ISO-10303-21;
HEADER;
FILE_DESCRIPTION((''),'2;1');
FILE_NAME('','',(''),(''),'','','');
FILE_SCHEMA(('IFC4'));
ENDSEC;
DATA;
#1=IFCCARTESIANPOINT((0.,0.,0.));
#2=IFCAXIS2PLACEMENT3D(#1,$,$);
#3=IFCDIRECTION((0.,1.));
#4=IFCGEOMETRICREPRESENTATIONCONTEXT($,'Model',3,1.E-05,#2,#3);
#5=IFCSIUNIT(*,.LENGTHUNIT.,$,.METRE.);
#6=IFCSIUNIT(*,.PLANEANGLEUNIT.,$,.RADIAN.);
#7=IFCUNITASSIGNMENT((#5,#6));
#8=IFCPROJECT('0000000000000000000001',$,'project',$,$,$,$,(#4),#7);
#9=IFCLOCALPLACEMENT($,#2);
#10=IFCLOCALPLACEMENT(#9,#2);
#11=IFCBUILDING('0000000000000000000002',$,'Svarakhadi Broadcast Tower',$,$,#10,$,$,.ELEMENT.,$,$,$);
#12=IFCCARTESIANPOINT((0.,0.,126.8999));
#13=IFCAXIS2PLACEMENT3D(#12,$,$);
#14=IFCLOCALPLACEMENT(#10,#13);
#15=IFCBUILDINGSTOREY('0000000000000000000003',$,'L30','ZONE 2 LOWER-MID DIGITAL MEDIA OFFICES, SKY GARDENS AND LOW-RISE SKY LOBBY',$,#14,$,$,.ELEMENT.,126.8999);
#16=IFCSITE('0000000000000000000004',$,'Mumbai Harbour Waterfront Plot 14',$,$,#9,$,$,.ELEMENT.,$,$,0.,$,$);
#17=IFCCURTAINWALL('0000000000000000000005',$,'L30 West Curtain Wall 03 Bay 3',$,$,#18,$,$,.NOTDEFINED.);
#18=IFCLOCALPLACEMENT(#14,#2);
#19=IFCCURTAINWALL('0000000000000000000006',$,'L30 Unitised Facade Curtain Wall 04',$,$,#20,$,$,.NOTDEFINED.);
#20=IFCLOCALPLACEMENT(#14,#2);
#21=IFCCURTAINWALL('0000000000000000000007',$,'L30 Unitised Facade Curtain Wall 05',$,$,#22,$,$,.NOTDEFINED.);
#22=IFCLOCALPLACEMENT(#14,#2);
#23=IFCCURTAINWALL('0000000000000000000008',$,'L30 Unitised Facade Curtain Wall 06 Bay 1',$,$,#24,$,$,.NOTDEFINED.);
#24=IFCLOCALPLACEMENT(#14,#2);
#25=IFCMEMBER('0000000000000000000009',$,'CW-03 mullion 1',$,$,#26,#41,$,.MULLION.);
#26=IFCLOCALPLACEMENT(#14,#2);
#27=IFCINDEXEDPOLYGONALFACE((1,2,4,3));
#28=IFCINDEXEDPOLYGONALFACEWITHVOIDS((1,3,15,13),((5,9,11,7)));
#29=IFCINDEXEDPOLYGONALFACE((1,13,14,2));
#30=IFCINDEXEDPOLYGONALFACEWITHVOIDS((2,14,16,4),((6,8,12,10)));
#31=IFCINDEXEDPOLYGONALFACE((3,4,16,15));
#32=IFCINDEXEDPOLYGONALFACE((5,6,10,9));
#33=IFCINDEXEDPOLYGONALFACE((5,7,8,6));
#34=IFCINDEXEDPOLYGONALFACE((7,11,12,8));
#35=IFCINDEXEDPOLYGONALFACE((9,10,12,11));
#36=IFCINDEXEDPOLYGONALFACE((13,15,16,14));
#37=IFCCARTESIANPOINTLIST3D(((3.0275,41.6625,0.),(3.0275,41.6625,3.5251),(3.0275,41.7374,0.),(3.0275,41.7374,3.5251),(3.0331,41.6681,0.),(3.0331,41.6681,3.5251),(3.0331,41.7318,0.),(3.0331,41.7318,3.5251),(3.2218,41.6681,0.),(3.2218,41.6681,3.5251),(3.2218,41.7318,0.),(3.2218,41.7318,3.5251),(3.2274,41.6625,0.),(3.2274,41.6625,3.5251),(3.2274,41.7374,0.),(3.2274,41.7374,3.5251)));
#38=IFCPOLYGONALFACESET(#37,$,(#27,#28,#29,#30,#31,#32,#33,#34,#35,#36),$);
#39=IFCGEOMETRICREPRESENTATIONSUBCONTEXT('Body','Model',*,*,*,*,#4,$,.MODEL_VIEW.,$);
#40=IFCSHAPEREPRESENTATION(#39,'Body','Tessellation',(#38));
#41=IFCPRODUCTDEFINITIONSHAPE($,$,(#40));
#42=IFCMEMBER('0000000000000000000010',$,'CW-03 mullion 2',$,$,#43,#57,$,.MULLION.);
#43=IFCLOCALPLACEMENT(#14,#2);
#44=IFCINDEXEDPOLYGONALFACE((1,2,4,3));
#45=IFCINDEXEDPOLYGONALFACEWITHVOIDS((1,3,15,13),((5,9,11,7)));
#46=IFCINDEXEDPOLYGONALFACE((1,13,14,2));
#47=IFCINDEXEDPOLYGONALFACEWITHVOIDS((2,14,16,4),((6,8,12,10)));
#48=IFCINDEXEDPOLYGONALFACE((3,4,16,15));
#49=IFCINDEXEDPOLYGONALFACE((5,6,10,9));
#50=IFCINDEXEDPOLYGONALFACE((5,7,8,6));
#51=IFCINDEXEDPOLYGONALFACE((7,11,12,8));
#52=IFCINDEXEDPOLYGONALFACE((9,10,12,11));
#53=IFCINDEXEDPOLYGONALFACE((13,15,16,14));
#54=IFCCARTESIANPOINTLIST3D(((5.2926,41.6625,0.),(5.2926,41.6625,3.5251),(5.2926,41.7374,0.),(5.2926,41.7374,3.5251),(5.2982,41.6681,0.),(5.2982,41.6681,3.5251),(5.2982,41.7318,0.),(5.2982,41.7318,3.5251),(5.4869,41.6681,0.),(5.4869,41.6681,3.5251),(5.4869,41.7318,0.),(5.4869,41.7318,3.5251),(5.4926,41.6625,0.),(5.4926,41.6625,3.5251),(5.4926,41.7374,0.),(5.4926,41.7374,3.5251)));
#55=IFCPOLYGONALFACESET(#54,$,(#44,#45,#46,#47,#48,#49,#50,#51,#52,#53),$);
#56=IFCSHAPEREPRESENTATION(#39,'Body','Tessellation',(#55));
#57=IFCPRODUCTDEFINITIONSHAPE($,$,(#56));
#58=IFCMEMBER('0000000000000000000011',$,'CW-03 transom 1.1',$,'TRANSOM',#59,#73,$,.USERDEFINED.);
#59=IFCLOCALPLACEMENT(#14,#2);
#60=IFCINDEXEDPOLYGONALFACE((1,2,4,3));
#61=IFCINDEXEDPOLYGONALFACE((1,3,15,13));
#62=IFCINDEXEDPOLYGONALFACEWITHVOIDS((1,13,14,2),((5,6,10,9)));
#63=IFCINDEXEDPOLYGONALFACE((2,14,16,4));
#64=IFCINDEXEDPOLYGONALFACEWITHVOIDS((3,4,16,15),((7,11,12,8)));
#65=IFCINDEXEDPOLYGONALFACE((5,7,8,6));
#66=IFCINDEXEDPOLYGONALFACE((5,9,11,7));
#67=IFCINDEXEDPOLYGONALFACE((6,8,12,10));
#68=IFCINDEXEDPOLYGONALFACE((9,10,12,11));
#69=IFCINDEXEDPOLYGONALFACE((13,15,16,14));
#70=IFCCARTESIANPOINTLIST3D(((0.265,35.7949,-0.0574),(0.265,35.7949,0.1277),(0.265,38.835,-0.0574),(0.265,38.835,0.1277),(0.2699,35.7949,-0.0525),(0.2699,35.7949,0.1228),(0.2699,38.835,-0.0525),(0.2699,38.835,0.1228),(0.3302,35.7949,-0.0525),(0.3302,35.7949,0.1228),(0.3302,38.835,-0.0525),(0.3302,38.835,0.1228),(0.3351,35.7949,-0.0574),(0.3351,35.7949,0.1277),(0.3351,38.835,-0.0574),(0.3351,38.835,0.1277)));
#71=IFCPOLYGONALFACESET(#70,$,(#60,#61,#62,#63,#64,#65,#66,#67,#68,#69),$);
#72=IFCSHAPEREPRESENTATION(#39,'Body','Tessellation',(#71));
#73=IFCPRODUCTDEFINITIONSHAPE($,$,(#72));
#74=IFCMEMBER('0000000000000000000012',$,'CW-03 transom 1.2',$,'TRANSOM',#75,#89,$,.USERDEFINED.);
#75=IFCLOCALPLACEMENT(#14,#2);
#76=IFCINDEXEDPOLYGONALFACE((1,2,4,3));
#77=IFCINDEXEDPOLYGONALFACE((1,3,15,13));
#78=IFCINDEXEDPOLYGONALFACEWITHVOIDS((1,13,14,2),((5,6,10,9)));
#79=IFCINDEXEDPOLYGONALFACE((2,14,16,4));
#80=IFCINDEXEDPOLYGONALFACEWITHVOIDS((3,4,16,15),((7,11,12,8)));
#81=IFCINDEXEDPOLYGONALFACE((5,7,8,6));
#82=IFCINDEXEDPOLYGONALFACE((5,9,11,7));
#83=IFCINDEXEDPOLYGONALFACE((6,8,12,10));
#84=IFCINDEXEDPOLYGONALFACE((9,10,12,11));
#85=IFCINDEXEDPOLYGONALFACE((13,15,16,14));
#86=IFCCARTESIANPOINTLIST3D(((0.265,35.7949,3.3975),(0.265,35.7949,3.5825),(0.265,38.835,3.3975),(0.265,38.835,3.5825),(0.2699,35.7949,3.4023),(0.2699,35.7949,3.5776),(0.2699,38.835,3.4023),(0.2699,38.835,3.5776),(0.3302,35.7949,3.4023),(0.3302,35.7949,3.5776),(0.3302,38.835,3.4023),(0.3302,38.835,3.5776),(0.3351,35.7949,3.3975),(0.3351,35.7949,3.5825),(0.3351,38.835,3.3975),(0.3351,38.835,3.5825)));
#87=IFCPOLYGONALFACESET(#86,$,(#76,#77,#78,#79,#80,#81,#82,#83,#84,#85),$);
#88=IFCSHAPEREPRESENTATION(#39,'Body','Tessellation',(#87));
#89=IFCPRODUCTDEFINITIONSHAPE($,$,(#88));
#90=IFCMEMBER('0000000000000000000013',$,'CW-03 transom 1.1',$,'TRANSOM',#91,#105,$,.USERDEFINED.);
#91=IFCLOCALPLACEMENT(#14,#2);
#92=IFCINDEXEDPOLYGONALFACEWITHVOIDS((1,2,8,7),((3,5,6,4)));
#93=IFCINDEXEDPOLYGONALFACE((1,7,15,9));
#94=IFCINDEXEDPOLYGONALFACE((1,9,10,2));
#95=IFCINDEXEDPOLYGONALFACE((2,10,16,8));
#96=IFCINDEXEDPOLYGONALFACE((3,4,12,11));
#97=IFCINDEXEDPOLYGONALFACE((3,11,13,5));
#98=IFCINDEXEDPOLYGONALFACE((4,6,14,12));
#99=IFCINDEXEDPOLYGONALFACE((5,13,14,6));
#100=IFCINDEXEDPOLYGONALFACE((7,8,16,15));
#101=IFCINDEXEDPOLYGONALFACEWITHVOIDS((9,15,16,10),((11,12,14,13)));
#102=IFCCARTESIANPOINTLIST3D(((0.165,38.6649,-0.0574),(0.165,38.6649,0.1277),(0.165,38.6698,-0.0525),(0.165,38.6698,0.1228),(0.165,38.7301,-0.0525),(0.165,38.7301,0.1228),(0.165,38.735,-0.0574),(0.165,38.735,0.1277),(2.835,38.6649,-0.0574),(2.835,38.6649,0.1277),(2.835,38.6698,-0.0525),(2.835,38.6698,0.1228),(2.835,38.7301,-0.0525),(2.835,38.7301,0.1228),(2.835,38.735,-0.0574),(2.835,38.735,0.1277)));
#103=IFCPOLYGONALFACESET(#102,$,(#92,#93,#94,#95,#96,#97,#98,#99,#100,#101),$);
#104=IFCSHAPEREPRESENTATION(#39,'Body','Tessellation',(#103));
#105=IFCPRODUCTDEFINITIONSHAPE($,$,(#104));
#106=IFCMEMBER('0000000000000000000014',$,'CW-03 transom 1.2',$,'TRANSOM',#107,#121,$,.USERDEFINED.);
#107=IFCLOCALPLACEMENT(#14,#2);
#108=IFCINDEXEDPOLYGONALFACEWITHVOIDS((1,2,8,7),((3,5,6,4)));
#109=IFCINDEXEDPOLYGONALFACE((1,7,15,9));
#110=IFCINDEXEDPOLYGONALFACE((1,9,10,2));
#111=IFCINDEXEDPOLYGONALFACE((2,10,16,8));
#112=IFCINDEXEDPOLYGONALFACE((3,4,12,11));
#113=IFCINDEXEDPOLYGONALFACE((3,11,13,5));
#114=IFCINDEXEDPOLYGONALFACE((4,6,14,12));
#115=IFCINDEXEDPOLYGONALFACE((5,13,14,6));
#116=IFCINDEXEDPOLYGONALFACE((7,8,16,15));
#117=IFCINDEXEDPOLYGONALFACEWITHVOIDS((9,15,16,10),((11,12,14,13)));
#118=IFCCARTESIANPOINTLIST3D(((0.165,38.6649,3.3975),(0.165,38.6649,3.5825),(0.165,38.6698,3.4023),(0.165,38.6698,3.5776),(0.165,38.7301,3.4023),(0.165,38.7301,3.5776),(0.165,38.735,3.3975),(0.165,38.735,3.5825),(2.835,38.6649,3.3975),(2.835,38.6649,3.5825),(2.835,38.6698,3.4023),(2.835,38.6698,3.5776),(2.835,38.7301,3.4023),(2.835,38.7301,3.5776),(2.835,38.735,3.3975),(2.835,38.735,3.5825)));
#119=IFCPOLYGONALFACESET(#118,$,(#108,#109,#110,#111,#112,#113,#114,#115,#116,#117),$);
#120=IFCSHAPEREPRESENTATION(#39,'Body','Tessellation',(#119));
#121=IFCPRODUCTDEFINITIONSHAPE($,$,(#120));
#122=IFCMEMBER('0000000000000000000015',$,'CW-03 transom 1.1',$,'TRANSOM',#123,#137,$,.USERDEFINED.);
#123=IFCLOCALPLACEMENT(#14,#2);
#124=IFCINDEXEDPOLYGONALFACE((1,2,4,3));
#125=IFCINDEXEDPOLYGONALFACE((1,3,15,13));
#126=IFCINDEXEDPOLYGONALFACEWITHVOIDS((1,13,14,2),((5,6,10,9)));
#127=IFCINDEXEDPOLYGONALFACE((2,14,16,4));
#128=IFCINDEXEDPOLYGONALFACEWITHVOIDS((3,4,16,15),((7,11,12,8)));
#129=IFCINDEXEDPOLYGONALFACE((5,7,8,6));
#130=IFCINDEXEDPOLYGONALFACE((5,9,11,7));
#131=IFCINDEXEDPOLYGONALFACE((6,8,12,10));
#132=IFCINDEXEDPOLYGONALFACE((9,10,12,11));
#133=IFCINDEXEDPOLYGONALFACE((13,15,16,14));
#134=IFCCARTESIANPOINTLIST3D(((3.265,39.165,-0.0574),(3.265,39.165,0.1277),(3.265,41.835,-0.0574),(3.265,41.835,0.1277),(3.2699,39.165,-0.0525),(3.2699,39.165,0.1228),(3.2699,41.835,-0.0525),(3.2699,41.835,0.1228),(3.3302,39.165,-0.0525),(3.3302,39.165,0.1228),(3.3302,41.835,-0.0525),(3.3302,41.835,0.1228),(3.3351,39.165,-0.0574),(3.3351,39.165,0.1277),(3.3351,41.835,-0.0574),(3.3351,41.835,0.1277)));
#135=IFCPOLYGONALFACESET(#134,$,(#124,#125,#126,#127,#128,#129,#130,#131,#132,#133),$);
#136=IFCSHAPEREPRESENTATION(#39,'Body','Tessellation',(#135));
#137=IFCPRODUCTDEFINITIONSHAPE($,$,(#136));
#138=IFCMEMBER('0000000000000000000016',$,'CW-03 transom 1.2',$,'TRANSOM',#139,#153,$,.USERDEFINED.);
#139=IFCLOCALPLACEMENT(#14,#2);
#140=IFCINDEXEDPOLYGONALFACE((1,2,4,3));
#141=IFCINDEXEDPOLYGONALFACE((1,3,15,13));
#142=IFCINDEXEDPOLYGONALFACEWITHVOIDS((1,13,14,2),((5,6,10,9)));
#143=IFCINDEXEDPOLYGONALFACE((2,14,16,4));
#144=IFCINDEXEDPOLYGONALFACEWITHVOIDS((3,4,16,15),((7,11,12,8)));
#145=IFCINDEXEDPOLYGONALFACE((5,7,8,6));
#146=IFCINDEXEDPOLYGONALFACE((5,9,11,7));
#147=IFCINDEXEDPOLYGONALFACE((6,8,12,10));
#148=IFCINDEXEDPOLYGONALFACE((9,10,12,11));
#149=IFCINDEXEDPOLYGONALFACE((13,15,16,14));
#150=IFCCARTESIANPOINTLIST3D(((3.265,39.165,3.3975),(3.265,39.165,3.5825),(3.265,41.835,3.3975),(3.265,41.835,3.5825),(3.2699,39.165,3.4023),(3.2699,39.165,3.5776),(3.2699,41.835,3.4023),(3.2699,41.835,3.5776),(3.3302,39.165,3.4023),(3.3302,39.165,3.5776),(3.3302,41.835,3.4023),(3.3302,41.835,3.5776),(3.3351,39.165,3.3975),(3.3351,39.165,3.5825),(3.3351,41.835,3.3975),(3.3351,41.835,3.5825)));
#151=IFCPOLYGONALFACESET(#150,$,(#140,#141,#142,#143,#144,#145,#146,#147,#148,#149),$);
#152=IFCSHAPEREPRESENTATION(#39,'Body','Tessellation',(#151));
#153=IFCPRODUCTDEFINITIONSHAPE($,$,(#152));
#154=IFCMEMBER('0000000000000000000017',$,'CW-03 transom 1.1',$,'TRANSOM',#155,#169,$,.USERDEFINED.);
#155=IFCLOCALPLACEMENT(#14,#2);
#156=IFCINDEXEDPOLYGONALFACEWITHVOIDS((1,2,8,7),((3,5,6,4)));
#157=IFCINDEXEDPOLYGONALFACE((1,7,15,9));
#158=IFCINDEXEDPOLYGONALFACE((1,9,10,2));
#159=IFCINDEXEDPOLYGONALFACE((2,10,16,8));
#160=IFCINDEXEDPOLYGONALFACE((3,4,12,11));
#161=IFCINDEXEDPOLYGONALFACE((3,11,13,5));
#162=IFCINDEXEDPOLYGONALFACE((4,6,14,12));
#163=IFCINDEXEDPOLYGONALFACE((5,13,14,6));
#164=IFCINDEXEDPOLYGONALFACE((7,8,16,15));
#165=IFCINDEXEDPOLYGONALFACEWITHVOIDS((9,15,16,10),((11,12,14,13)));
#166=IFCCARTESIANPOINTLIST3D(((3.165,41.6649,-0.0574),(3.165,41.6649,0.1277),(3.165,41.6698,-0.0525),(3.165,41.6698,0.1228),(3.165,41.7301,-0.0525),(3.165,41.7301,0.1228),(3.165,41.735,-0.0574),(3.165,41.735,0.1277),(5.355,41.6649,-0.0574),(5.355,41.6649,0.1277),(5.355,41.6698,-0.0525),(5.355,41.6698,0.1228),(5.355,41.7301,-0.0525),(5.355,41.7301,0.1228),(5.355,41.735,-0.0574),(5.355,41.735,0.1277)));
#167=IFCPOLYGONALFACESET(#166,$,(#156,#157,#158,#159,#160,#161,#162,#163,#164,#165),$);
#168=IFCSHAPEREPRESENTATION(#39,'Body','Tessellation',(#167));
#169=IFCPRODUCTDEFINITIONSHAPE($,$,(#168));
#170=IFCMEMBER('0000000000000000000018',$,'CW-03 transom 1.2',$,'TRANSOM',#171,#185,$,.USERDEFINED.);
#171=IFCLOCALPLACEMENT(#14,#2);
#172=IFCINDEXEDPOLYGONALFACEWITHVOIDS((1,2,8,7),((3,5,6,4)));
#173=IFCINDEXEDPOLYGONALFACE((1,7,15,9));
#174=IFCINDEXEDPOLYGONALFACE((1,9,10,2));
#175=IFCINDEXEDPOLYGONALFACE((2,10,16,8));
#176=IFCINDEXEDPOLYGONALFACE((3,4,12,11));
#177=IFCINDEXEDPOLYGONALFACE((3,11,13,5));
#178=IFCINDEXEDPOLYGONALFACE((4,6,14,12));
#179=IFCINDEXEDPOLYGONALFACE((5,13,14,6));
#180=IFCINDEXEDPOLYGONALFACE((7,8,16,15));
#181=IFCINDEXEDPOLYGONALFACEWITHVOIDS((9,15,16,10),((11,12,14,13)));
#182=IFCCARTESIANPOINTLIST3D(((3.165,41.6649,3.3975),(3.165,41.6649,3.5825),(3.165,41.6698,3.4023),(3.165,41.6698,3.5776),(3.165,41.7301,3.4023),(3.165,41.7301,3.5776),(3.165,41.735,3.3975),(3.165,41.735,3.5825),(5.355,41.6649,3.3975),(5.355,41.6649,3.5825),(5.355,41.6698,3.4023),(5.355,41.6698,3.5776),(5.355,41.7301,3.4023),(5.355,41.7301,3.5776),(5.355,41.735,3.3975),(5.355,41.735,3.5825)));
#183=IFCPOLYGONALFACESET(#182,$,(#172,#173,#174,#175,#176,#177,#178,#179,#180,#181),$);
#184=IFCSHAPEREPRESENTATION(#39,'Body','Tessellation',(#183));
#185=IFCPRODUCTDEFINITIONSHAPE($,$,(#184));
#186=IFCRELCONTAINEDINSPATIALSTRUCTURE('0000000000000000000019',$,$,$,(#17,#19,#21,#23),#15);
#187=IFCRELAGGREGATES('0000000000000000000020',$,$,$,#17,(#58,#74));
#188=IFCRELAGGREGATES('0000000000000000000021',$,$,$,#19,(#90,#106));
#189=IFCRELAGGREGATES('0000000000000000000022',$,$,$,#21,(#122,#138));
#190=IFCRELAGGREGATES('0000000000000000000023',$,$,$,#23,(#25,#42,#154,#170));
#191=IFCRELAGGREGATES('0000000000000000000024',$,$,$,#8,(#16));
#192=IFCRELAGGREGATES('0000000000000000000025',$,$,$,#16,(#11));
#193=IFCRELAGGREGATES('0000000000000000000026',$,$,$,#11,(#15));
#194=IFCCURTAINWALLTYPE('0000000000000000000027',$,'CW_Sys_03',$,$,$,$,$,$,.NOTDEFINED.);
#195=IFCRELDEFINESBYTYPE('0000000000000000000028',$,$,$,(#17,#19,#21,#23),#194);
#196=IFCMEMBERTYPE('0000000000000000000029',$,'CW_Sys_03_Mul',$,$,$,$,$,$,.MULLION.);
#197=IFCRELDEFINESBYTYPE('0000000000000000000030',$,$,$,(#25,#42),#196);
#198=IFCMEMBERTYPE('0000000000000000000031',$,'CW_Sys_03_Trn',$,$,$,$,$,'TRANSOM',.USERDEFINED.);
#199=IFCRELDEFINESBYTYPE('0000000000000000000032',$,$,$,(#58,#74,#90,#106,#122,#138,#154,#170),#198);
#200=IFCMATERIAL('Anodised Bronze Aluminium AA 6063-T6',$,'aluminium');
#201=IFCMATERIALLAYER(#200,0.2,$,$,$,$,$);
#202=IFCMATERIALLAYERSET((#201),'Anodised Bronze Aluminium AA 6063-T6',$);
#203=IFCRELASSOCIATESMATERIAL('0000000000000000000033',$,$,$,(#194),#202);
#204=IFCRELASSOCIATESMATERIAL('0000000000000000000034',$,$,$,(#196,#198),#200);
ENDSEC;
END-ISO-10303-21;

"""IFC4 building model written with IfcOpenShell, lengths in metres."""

from ifc_helpers import new_model, si_unit, direction, frame, origin, origin_2d, place, context, subcontext, project, spatial, hollow_rectangle, extrude, material, layer, layer_set, material_profile, profile_set, type_object, element, aggregate, save


model = new_model("IFC4")

# Units and contexts
model_context = context("Model", 3, precision=1e-05, world=origin(), true_north=direction((0.0, 1.0)))
body_context = subcontext(model_context, "Body", "Model", "MODEL_VIEW")
ifc_project = project(units=[si_unit("LENGTHUNIT", "METRE"), si_unit("PLANEANGLEUNIT", "RADIAN")], contexts=[model_context])

# Site, building, storey
site_placement = place(None, origin())
site = spatial("IfcSite", under=ifc_project, at=site_placement, Name="Mumbai Harbour Waterfront Plot 14", CompositionType="ELEMENT", RefElevation=0.0)
building_placement = place(site_placement, origin())
building = spatial("IfcBuilding", under=site, at=building_placement, Name="Svarakhadi Broadcast Tower", CompositionType="ELEMENT")
storey_placement = place(building_placement, frame((0.0, 0.0, 126.8999)))
storey = spatial("IfcBuildingStorey", under=building, at=storey_placement, Name="L30", Description="ZONE 2 LOWER-MID DIGITAL MEDIA OFFICES, SKY GARDENS AND LOW-RISE SKY LOBBY", CompositionType="ELEMENT", Elevation=126.8999)

# Shared definitions
ifc_material_1 = material(Name="Anodised Bronze Aluminium AA 6063-T6", Category="aluminium")
ifc_layer_1 = layer(ifc_material_1, 0.2)
ifc_layer_set_1 = layer_set([ifc_layer_1], Name="Anodised Bronze Aluminium AA 6063-T6")
curtain_wall_type = type_object("IfcCurtainWallType", Name="CW_Sys_03", PredefinedType="NOTDEFINED", material=ifc_layer_set_1)
ifc_material_profile_1 = material_profile(ifc_material_1, hollow_rectangle(XDim=0.075, YDim=0.2, WallThickness=0.0056, at=origin_2d()), Name="ALU MULLION 200x75x6")
ifc_profile_set_1 = profile_set([ifc_material_profile_1], Name="Anodised Bronze Aluminium AA 6063-T6")
member_type_1 = type_object("IfcMemberType", Name="CW_Sys_03_Mul", PredefinedType="MULLION", material=ifc_profile_set_1)

# Curtain walls, members
curtain_wall_1_placement = place(storey_placement, origin())
curtain_wall_1 = element("IfcCurtainWall", 1, at=curtain_wall_1_placement, inside=storey, type_object=curtain_wall_type, Name="L30 West Curtain Wall 03 Bay 3", PredefinedType="NOTDEFINED")
curtain_wall_2_placement = place(storey_placement, origin())
curtain_wall_2 = element("IfcCurtainWall", 2, at=curtain_wall_2_placement, inside=storey, type_object=curtain_wall_type, Name="L30 Unitised Facade Curtain Wall 04", PredefinedType="NOTDEFINED")
curtain_wall_3_placement = place(storey_placement, origin())
curtain_wall_3 = element("IfcCurtainWall", 3, at=curtain_wall_3_placement, inside=storey, type_object=curtain_wall_type, Name="L30 Unitised Facade Curtain Wall 05", PredefinedType="NOTDEFINED")
curtain_wall_4_placement = place(storey_placement, origin())
curtain_wall_4 = element("IfcCurtainWall", 4, at=curtain_wall_4_placement, inside=storey, type_object=curtain_wall_type, Name="L30 Unitised Facade Curtain Wall 06 Bay 1", PredefinedType="NOTDEFINED")
member_1_placement = place(storey_placement, frame((3.1274, 41.7, 0.0), z_axis=(0.0, 0.0, 1.0), x_axis=(0.0, 1.0, 0.0)))
member_1 = element("IfcMember", 5, at=member_1_placement, type_object=member_type_1, Name="CW-03 mullion 1", PredefinedType="MULLION", context=body_context, shape_type="SweptSolid", body=[
    extrude(hollow_rectangle(XDim=0.075, YDim=0.2, WallThickness=0.0056, at=origin_2d()), origin(), (0.0, 0.0, 1.0), 3.5251),
])
member_2_placement = place(storey_placement, frame((5.3926, 41.7, 0.0), z_axis=(0.0, 0.0, 1.0), x_axis=(0.0, 1.0, 0.0)))
member_2 = element("IfcMember", 6, at=member_2_placement, type_object=member_type_1, Name="CW-03 mullion 2", PredefinedType="MULLION", context=body_context, shape_type="SweptSolid", body=[
    extrude(hollow_rectangle(XDim=0.075, YDim=0.2, WallThickness=0.0056, at=origin_2d()), origin(), (0.0, 0.0, 1.0), 3.5251),
])

# Members
ifc_material_profile_2 = material_profile(ifc_material_1, hollow_rectangle(XDim=0.0701, YDim=0.1851, WallThickness=0.0049, at=origin_2d()), Name="ALU TRANSOM 185x70x5")
ifc_profile_set_2 = profile_set([ifc_material_profile_2], Name="Anodised Bronze Aluminium AA 6063-T6")
member_type_2 = type_object("IfcMemberType", Name="CW_Sys_03_Trn", ElementType="TRANSOM", PredefinedType="USERDEFINED", material=ifc_profile_set_2)
member_3_placement = place(storey_placement, frame((0.3, 35.7949, 0.0352), z_axis=(0.0, 1.0, 0.0), x_axis=(-1.0, 0.0, 0.0)))
member_3 = element("IfcMember", 7, at=member_3_placement, type_object=member_type_2, Name="CW-03 transom 1.1", ObjectType="TRANSOM", PredefinedType="USERDEFINED", context=body_context, shape_type="SweptSolid", body=[
    extrude(hollow_rectangle(XDim=0.0701, YDim=0.1851, WallThickness=0.0049, at=origin_2d()), origin(), (0.0, 0.0, 1.0), 3.04),
])
member_4_placement = place(storey_placement, frame((0.3, 35.7949, 3.49), z_axis=(0.0, 1.0, 0.0), x_axis=(-1.0, 0.0, 0.0)))
member_4 = element("IfcMember", 8, at=member_4_placement, type_object=member_type_2, Name="CW-03 transom 1.2", ObjectType="TRANSOM", PredefinedType="USERDEFINED", context=body_context, shape_type="SweptSolid", body=[
    extrude(hollow_rectangle(XDim=0.0701, YDim=0.1851, WallThickness=0.0049, at=origin_2d()), origin(), (0.0, 0.0, 1.0), 3.04),
])
member_5_placement = place(storey_placement, frame((0.165, 38.7, 0.0352), z_axis=(1.0, 0.0, 0.0), x_axis=(0.0, 1.0, 0.0)))
member_5 = element("IfcMember", 9, at=member_5_placement, type_object=member_type_2, Name="CW-03 transom 1.1", ObjectType="TRANSOM", PredefinedType="USERDEFINED", context=body_context, shape_type="SweptSolid", body=[
    extrude(hollow_rectangle(XDim=0.0701, YDim=0.1851, WallThickness=0.0049, at=origin_2d()), origin(), (0.0, 0.0, 1.0), 2.6699),
])
member_6_placement = place(storey_placement, frame((0.165, 38.7, 3.49), z_axis=(1.0, 0.0, 0.0), x_axis=(0.0, 1.0, 0.0)))
member_6 = element("IfcMember", 10, at=member_6_placement, type_object=member_type_2, Name="CW-03 transom 1.2", ObjectType="TRANSOM", PredefinedType="USERDEFINED", context=body_context, shape_type="SweptSolid", body=[
    extrude(hollow_rectangle(XDim=0.0701, YDim=0.1851, WallThickness=0.0049, at=origin_2d()), origin(), (0.0, 0.0, 1.0), 2.6699),
])
member_7_placement = place(storey_placement, frame((3.3, 39.165, 0.0352), z_axis=(0.0, 1.0, 0.0), x_axis=(-1.0, 0.0, 0.0)))
member_7 = element("IfcMember", 11, at=member_7_placement, type_object=member_type_2, Name="CW-03 transom 1.1", ObjectType="TRANSOM", PredefinedType="USERDEFINED", context=body_context, shape_type="SweptSolid", body=[
    extrude(hollow_rectangle(XDim=0.0701, YDim=0.1851, WallThickness=0.0049, at=origin_2d()), origin(), (0.0, 0.0, 1.0), 2.6699),
])
member_8_placement = place(storey_placement, frame((3.3, 39.165, 3.49), z_axis=(0.0, 1.0, 0.0), x_axis=(-1.0, 0.0, 0.0)))
member_8 = element("IfcMember", 12, at=member_8_placement, type_object=member_type_2, Name="CW-03 transom 1.2", ObjectType="TRANSOM", PredefinedType="USERDEFINED", context=body_context, shape_type="SweptSolid", body=[
    extrude(hollow_rectangle(XDim=0.0701, YDim=0.1851, WallThickness=0.0049, at=origin_2d()), origin(), (0.0, 0.0, 1.0), 2.6699),
])
member_9_placement = place(storey_placement, frame((3.165, 41.7, 0.0352), z_axis=(1.0, 0.0, 0.0), x_axis=(0.0, 1.0, 0.0)))
member_9 = element("IfcMember", 13, at=member_9_placement, type_object=member_type_2, Name="CW-03 transom 1.1", ObjectType="TRANSOM", PredefinedType="USERDEFINED", context=body_context, shape_type="SweptSolid", body=[
    extrude(hollow_rectangle(XDim=0.0701, YDim=0.1851, WallThickness=0.0049, at=origin_2d()), origin(), (0.0, 0.0, 1.0), 2.1899),
])
member_10_placement = place(storey_placement, frame((3.165, 41.7, 3.49), z_axis=(1.0, 0.0, 0.0), x_axis=(0.0, 1.0, 0.0)))
member_10 = element("IfcMember", 14, at=member_10_placement, type_object=member_type_2, Name="CW-03 transom 1.2", ObjectType="TRANSOM", PredefinedType="USERDEFINED", context=body_context, shape_type="SweptSolid", body=[
    extrude(hollow_rectangle(XDim=0.0701, YDim=0.1851, WallThickness=0.0049, at=origin_2d()), origin(), (0.0, 0.0, 1.0), 2.1899),
])

aggregate(curtain_wall_1, [member_3, member_4])
aggregate(curtain_wall_2, [member_5, member_6])
aggregate(curtain_wall_3, [member_7, member_8])
aggregate(curtain_wall_4, [member_1, member_2, member_9, member_10])

save(model, "model.ifc")
